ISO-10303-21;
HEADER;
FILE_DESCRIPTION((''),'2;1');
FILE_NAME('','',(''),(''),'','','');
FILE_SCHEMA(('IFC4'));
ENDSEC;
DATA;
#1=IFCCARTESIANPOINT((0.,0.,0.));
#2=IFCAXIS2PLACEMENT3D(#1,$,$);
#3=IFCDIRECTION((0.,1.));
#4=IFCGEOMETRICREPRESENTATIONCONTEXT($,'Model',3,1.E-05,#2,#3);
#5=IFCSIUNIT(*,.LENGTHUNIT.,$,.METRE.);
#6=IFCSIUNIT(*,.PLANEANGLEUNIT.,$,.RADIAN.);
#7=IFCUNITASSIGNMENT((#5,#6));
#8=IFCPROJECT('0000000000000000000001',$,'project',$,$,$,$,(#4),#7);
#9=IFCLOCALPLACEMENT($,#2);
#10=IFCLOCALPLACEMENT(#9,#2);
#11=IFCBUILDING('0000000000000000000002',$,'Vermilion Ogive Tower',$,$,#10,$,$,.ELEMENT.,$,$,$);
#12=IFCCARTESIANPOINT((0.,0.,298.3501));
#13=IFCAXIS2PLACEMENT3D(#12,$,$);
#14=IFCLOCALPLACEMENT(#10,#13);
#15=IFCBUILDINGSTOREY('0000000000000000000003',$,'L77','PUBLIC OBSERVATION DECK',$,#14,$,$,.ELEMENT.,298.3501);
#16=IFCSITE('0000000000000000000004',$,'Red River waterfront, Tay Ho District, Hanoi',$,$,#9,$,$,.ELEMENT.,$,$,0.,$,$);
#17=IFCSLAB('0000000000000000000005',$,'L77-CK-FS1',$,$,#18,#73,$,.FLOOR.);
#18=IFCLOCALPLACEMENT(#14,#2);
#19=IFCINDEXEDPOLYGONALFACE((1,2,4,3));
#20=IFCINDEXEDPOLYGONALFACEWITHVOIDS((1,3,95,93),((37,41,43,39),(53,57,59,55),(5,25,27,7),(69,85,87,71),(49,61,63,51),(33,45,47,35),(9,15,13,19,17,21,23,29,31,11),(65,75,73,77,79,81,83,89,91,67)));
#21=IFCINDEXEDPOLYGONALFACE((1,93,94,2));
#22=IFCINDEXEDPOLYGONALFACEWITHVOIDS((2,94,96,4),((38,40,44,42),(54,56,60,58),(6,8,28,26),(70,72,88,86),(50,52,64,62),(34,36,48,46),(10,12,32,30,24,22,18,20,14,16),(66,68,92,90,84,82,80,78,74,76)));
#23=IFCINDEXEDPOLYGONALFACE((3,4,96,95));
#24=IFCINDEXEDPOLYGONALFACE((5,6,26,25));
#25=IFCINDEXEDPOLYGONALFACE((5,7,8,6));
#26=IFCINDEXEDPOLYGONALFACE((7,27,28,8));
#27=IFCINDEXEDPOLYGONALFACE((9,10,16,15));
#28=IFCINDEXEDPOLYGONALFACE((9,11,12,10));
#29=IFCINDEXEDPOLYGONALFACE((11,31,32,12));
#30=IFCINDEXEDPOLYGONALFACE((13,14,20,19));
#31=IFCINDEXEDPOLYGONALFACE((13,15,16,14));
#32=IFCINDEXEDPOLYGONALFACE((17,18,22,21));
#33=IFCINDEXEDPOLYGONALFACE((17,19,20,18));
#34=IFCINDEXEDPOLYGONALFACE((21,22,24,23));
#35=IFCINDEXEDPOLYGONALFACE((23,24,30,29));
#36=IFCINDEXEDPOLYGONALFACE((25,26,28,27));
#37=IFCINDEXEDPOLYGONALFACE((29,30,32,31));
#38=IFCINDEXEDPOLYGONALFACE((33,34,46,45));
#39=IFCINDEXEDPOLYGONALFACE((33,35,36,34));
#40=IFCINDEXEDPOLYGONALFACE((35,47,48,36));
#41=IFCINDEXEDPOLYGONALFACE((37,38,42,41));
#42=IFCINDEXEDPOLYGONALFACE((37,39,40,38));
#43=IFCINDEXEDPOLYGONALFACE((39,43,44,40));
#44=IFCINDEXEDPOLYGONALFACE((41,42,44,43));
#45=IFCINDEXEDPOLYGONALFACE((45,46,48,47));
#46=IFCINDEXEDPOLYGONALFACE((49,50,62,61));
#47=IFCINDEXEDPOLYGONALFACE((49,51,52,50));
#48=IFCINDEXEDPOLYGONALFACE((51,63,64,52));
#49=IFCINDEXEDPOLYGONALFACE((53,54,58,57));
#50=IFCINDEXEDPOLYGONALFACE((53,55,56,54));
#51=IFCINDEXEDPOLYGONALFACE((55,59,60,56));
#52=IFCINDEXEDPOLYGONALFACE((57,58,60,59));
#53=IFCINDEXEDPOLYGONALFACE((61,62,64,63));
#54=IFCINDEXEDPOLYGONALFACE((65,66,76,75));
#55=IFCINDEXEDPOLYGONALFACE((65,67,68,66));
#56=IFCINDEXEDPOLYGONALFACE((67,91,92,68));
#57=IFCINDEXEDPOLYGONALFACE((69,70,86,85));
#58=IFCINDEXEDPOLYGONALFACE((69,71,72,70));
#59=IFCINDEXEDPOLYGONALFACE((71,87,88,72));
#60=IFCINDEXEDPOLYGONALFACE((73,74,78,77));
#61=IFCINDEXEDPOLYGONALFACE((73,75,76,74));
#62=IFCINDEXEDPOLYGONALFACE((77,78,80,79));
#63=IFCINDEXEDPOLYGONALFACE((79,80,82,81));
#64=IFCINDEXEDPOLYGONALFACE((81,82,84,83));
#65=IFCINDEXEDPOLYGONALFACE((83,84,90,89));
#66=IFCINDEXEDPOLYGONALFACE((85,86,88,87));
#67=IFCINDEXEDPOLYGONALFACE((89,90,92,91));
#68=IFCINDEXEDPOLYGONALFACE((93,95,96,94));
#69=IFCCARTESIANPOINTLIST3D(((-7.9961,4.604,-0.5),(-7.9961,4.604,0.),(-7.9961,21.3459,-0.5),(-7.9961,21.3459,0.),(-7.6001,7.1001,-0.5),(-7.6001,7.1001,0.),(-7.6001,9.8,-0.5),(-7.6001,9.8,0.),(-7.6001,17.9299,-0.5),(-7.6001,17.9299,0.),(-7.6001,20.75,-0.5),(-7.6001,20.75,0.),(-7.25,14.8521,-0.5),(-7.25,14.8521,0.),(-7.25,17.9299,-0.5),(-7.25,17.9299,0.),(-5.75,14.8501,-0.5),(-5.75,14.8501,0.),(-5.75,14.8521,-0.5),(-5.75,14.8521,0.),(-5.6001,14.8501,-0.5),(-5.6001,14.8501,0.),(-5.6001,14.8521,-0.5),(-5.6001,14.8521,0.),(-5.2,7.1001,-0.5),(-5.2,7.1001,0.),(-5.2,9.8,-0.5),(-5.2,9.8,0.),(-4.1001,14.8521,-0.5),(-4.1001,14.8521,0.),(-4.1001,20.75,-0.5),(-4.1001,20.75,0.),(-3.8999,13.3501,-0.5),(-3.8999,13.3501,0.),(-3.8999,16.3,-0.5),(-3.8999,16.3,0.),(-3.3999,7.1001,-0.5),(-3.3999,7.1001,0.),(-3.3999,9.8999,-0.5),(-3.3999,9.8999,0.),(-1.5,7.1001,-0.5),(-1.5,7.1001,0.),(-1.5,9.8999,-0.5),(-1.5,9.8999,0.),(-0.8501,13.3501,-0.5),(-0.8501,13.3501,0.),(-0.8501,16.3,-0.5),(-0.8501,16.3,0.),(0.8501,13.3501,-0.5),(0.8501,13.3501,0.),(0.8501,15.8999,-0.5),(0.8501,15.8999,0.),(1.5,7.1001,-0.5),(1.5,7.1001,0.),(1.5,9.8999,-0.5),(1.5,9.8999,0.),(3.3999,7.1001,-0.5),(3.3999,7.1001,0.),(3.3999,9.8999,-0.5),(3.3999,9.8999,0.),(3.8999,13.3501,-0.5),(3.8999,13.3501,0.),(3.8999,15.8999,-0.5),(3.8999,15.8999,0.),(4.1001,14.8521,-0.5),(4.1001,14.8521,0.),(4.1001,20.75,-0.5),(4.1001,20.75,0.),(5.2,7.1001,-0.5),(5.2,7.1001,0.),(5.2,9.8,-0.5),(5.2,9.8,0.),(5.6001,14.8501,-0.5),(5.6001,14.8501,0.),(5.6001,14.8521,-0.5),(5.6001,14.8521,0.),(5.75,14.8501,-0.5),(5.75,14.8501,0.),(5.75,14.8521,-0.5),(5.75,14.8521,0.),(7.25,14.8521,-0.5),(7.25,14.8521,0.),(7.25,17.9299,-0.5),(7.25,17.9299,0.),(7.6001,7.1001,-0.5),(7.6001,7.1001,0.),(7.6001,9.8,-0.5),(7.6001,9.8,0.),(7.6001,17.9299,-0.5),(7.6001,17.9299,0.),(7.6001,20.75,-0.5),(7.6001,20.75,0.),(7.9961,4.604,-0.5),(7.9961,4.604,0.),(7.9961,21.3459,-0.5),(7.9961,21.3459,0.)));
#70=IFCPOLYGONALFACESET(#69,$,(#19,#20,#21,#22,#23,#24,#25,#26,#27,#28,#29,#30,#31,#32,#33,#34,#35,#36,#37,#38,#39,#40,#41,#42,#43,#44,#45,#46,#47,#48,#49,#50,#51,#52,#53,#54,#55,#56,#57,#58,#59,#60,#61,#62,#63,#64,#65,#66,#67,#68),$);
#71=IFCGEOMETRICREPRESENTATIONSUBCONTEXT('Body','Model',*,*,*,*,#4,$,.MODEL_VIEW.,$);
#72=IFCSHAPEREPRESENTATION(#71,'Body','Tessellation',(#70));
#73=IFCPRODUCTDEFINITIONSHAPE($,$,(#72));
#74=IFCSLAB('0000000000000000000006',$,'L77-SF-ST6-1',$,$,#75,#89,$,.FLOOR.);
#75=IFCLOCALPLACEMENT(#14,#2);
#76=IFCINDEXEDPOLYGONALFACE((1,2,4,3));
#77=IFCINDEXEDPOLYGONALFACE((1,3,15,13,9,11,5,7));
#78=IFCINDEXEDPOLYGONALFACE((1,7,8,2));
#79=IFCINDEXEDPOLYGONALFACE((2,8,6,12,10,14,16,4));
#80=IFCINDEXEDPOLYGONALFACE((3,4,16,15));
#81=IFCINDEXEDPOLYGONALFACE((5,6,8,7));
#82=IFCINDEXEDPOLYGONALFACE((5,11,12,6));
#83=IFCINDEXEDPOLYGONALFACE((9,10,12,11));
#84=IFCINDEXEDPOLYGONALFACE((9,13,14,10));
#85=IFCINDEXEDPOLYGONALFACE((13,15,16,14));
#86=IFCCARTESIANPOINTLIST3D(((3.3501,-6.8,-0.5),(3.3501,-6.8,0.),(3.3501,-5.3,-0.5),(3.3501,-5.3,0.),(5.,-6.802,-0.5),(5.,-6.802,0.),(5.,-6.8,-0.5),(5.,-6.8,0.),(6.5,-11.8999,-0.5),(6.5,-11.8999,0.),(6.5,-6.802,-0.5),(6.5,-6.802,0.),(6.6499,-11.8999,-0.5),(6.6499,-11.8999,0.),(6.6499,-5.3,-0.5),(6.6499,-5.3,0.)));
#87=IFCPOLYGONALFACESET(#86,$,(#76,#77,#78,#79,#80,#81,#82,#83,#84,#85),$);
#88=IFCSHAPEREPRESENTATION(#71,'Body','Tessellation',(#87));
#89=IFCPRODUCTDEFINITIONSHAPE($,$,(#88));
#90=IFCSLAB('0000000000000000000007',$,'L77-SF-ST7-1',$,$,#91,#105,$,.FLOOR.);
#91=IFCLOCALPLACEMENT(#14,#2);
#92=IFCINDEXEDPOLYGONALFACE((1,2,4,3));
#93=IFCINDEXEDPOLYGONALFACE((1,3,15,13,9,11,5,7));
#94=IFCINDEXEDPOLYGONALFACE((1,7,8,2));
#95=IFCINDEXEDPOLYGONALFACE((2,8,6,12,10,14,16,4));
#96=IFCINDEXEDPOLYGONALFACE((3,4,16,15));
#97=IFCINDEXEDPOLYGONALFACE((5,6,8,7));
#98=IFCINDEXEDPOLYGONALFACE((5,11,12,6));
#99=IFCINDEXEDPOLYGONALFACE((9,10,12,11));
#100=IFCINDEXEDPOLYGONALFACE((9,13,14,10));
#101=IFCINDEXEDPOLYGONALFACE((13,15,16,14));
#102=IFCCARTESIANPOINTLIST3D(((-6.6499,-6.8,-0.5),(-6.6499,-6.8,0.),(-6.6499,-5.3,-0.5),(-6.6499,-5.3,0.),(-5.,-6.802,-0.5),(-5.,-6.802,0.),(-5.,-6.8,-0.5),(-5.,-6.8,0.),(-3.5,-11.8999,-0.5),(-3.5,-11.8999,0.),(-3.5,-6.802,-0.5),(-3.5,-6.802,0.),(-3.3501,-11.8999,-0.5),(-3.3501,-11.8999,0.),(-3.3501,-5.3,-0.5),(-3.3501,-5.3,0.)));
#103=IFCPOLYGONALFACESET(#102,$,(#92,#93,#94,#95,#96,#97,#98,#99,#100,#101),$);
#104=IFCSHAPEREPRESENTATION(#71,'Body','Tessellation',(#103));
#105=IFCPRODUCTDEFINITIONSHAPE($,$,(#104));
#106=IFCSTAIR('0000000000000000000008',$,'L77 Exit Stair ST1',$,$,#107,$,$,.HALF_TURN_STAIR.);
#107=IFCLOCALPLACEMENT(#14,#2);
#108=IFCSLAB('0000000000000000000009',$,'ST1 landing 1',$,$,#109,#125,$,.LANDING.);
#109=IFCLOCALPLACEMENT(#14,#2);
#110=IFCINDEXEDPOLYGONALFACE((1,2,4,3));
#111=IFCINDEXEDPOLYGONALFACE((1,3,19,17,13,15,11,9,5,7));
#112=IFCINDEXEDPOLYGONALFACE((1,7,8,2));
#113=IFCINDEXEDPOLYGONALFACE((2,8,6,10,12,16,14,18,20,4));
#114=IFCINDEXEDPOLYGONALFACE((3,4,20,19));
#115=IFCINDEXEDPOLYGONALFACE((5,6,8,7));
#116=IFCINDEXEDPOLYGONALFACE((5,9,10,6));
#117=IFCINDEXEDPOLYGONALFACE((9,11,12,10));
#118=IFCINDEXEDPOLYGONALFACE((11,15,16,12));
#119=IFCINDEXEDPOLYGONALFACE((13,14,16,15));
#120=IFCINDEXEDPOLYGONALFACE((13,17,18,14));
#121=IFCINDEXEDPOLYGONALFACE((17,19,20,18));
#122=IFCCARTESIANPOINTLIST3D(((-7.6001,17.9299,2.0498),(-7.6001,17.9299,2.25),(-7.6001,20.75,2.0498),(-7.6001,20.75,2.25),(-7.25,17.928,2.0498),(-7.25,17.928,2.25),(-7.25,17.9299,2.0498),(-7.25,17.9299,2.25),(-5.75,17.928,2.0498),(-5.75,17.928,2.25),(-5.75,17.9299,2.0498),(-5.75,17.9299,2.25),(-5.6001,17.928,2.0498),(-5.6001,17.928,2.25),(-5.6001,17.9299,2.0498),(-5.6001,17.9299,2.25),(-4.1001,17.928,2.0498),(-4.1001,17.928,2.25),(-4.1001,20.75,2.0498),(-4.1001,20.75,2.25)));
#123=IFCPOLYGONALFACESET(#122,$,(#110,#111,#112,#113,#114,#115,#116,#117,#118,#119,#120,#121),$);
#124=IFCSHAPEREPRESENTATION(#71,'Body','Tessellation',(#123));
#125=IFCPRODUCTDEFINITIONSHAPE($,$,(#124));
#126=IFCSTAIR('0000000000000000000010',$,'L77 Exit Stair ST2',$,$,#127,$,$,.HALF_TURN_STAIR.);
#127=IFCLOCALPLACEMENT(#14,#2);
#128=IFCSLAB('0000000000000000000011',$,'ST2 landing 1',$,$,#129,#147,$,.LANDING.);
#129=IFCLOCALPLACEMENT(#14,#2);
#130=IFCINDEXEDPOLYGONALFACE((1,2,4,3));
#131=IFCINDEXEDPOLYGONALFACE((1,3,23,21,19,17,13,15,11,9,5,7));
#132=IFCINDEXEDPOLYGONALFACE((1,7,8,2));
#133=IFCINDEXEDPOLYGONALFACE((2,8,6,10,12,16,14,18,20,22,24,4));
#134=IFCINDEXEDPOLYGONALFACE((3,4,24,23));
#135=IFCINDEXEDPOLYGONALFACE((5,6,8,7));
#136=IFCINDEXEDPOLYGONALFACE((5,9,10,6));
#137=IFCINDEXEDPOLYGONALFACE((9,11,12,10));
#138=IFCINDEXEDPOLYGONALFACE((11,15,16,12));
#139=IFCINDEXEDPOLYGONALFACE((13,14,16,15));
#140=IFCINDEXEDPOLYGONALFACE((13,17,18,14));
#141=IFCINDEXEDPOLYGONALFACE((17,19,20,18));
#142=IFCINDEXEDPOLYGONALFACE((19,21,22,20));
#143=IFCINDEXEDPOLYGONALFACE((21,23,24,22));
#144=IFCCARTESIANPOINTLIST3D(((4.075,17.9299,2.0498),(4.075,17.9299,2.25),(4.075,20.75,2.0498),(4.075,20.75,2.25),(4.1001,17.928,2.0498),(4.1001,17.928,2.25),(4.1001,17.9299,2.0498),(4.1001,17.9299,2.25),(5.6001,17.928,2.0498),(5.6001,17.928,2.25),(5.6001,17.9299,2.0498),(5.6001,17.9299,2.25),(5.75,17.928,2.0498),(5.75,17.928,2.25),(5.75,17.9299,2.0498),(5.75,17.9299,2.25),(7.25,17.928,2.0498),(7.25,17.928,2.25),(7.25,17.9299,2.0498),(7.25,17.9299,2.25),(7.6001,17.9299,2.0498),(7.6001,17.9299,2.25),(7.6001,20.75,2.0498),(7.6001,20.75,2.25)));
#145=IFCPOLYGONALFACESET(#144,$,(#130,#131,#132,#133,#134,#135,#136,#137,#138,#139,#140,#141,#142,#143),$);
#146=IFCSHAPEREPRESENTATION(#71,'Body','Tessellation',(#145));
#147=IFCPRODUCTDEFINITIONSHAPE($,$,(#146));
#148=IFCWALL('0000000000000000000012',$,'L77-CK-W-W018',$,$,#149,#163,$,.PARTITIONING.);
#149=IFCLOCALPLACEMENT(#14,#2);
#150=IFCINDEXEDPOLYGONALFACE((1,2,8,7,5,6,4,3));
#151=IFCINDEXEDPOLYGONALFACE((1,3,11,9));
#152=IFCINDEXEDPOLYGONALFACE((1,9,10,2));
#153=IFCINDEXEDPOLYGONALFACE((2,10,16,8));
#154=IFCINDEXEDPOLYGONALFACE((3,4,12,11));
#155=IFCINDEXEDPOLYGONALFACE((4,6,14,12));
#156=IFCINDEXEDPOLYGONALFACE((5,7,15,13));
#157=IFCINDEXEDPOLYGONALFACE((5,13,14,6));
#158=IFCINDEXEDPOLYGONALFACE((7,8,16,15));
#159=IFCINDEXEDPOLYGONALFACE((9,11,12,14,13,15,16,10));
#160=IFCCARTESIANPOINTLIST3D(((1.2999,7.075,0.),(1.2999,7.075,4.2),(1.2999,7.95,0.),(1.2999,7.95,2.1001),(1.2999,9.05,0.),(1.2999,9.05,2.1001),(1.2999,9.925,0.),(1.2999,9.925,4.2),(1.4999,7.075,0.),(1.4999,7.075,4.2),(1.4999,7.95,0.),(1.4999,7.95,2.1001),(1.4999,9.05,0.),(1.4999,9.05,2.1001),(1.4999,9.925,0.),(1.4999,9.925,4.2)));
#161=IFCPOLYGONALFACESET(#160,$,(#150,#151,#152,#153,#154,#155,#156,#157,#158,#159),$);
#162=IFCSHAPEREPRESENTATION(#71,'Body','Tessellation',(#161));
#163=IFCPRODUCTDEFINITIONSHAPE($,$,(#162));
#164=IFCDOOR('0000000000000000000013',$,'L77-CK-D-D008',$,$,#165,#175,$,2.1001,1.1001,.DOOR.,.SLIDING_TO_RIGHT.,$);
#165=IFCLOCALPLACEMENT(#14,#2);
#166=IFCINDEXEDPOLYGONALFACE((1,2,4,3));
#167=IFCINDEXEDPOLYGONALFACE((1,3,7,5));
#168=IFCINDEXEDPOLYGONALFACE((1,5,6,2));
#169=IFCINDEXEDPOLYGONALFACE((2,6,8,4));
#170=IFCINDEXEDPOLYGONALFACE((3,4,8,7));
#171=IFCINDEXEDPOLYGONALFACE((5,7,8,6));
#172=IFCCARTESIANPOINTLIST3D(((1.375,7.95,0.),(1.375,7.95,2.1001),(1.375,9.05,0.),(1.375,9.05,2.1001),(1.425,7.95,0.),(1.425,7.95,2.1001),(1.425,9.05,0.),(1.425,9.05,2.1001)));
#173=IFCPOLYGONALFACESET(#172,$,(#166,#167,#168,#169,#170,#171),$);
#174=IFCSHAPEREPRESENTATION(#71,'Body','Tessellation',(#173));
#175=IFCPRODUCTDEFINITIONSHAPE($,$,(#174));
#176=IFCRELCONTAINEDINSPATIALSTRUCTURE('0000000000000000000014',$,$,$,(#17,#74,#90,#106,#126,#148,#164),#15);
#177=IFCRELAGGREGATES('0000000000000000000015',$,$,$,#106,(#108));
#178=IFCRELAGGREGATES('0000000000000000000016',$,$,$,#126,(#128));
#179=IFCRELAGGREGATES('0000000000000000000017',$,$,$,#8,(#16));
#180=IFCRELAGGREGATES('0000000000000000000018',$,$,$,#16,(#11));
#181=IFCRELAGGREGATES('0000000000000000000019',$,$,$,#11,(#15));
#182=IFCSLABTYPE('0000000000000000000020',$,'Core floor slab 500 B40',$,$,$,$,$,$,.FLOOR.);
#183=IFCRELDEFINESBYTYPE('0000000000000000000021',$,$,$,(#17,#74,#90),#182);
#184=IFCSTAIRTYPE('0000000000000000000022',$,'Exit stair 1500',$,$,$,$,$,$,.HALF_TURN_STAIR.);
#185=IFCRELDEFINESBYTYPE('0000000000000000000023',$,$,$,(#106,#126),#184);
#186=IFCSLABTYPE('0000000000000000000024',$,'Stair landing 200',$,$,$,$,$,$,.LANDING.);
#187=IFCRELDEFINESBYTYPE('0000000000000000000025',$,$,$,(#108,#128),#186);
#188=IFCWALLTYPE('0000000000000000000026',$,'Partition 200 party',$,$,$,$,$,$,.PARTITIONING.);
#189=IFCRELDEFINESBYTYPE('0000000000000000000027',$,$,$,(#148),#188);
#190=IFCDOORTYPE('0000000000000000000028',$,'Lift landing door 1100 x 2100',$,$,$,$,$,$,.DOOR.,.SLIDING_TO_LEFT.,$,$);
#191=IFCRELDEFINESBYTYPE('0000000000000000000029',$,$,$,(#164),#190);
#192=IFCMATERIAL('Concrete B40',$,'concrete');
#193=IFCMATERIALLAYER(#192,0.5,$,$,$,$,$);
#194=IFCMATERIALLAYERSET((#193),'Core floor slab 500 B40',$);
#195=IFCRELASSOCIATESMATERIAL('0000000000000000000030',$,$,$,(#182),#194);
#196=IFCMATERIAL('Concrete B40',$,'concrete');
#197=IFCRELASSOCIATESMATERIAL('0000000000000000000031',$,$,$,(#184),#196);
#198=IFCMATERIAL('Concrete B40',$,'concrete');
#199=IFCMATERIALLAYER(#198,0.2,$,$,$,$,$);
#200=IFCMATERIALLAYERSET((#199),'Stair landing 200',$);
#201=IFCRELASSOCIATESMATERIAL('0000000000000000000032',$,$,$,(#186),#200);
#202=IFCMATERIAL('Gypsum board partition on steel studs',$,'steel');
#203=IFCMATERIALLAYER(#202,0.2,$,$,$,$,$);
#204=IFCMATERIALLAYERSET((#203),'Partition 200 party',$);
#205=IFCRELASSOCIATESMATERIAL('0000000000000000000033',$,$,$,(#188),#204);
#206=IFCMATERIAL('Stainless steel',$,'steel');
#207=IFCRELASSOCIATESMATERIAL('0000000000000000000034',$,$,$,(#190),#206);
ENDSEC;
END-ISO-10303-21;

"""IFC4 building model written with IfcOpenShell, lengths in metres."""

from ifc_helpers import new_model, si_unit, direction, frame, frame_2d, origin, place, context, subcontext, project, spatial, polyline, rectangle, outline, extrude, material, layer, layer_set, type_object, element, fill, aggregate, save


model = new_model("IFC4")

# Units and contexts
model_context = context("Model", 3, precision=1e-05, world=origin(), true_north=direction((0.0, 1.0)))
body_context = subcontext(model_context, "Body", "Model", "MODEL_VIEW")
ifc_project = project(units=[si_unit("LENGTHUNIT", "METRE"), si_unit("PLANEANGLEUNIT", "RADIAN")], contexts=[model_context])

# Site, building, storey
site_placement = place(None, origin())
site = spatial("IfcSite", under=ifc_project, at=site_placement, Name="Red River waterfront, Tay Ho District, Hanoi", CompositionType="ELEMENT", RefElevation=0.0)
building_placement = place(site_placement, origin())
building = spatial("IfcBuilding", under=site, at=building_placement, Name="Vermilion Ogive Tower", CompositionType="ELEMENT")
storey_placement = place(building_placement, frame((0.0, 0.0, 298.3501)))
storey = spatial("IfcBuildingStorey", under=building, at=storey_placement, Name="L77", Description="PUBLIC OBSERVATION DECK", CompositionType="ELEMENT", Elevation=298.3501)

# Slabs
ifc_material_1 = material(Name="Concrete B40", Category="concrete")
ifc_layer_1 = layer(ifc_material_1, 0.5)
ifc_layer_set_1 = layer_set([ifc_layer_1], Name="Core floor slab 500 B40")
slab_type_1 = type_object("IfcSlabType", Name="Core floor slab 500 B40", PredefinedType="FLOOR", material=ifc_layer_set_1)
slab_1_placement = place(storey_placement, frame((0.0, 0.0, -0.5)))
element("IfcSlab", 1, at=slab_1_placement, inside=storey, type_object=slab_type_1, Name="L77-CK-FS1", PredefinedType="FLOOR", context=body_context, shape_type="SweptSolid", body=[
    extrude(outline(polyline([(-7.9961, 4.604), (7.9961, 4.604), (7.9961, 21.3459), (-7.9961, 21.3459), (-7.9961, 4.604)]), holes=[polyline([(-5.2, 7.1001), (-7.6001, 7.1001), (-7.6001, 9.8), (-5.2, 9.8), (-5.2, 7.1001)]), polyline([(5.2, 7.1001), (5.2, 9.8), (7.6001, 9.8), (7.6001, 7.1001), (5.2, 7.1001)]), polyline([(-3.3999, 7.1001), (-3.3999, 9.8999), (-1.5, 9.8999), (-1.5, 7.1001), (-3.3999, 7.1001)]), polyline([(3.3999, 7.1001), (1.5, 7.1001), (1.5, 9.8999), (3.3999, 9.8999), (3.3999, 7.1001)]), polyline([(3.8999, 13.3501), (0.8501, 13.3501), (0.8501, 15.8999), (3.8999, 15.8999), (3.8999, 13.3501)]), polyline([(-0.8501, 13.3501), (-3.8999, 13.3501), (-3.8999, 16.3), (-0.8501, 16.3), (-0.8501, 13.3501)]), polyline([(-7.6001, 17.9299), (-7.6001, 20.75), (-4.1001, 20.75), (-4.1001, 14.8521), (-5.6001, 14.8521), (-5.6001, 14.8501), (-5.75, 14.8501), (-5.75, 14.8521), (-7.25, 14.8521), (-7.25, 17.9299), (-7.6001, 17.9299)]), polyline([(5.75, 14.8501), (5.6001, 14.8501), (5.6001, 14.8521), (4.1001, 14.8521), (4.1001, 20.75), (7.6001, 20.75), (7.6001, 17.9299), (7.25, 17.9299), (7.25, 14.8521), (5.75, 14.8521), (5.75, 14.8501)])]), origin(), (0.0, 0.0, 1.0), 0.5),
])
slab_2_placement = place(storey_placement, frame((0.0, 0.0, -0.5)))
element("IfcSlab", 2, at=slab_2_placement, inside=storey, type_object=slab_type_1, Name="L77-SF-ST6-1", PredefinedType="FLOOR", context=body_context, shape_type="SweptSolid", body=[
    extrude(outline(polyline([(6.6499, -5.3), (3.3501, -5.3), (3.3501, -6.8), (5.0, -6.8), (5.0, -6.802), (6.5, -6.802), (6.5, -11.8999), (6.6499, -11.8999), (6.6499, -5.3)])), origin(), (0.0, 0.0, 1.0), 0.5),
])
slab_3_placement = place(storey_placement, frame((0.0, 0.0, -0.5)))
element("IfcSlab", 3, at=slab_3_placement, inside=storey, type_object=slab_type_1, Name="L77-SF-ST7-1", PredefinedType="FLOOR", context=body_context, shape_type="SweptSolid", body=[
    extrude(outline(polyline([(-3.3501, -5.3), (-6.6499, -5.3), (-6.6499, -6.8), (-5.0, -6.8), (-5.0, -6.802), (-3.5, -6.802), (-3.5, -11.8999), (-3.3501, -11.8999), (-3.3501, -5.3)])), origin(), (0.0, 0.0, 1.0), 0.5),
])

# Stairs, slabs
ifc_material_2 = material(Name="Concrete B40", Category="concrete")
stair_type = type_object("IfcStairType", Name="Exit stair 1500", PredefinedType="HALF_TURN_STAIR", material=ifc_material_2)
stair_1_placement = place(storey_placement, origin())
stair_1 = element("IfcStair", 4, at=stair_1_placement, inside=storey, type_object=stair_type, Name="L77 Exit Stair ST1", PredefinedType="HALF_TURN_STAIR")
ifc_material_3 = material(Name="Concrete B40", Category="concrete")
ifc_layer_2 = layer(ifc_material_3, 0.2)
ifc_layer_set_2 = layer_set([ifc_layer_2], Name="Stair landing 200")
slab_type_2 = type_object("IfcSlabType", Name="Stair landing 200", PredefinedType="LANDING", material=ifc_layer_set_2)
slab_4_placement = place(storey_placement, frame((0.0, 0.0, 2.0498)))
slab_4 = element("IfcSlab", 5, at=slab_4_placement, type_object=slab_type_2, Name="ST1 landing 1", PredefinedType="LANDING", context=body_context, shape_type="SweptSolid", body=[
    extrude(outline(polyline([(-7.6001, 17.9299), (-7.25, 17.9299), (-7.25, 17.928), (-5.75, 17.928), (-5.75, 17.9299), (-5.6001, 17.9299), (-5.6001, 17.928), (-4.1001, 17.928), (-4.1001, 20.75), (-7.6001, 20.75), (-7.6001, 17.9299)])), origin(), (0.0, 0.0, 1.0), 0.2002),
])
aggregate(stair_1, [slab_4])
stair_2_placement = place(storey_placement, origin())
stair_2 = element("IfcStair", 6, at=stair_2_placement, inside=storey, type_object=stair_type, Name="L77 Exit Stair ST2", PredefinedType="HALF_TURN_STAIR")
slab_5_placement = place(storey_placement, frame((0.0, 0.0, 2.0498)))
slab_5 = element("IfcSlab", 7, at=slab_5_placement, type_object=slab_type_2, Name="ST2 landing 1", PredefinedType="LANDING", context=body_context, shape_type="SweptSolid", body=[
    extrude(outline(polyline([(5.6001, 17.9299), (5.75, 17.9299), (5.75, 17.928), (7.25, 17.928), (7.25, 17.9299), (7.6001, 17.9299), (7.6001, 20.75), (4.075, 20.75), (4.075, 17.9299), (4.1001, 17.9299), (4.1001, 17.928), (5.6001, 17.928), (5.6001, 17.9299)])), origin(), (0.0, 0.0, 1.0), 0.2002),
])
aggregate(stair_2, [slab_5])

# Wall, opening, door
ifc_material_4 = material(Name="Gypsum board partition on steel studs", Category="steel")
ifc_layer_3 = layer(ifc_material_4, 0.2)
ifc_layer_set_3 = layer_set([ifc_layer_3], Name="Partition 200 party")
wall_type = type_object("IfcWallType", Name="Partition 200 party", PredefinedType="PARTITIONING", material=ifc_layer_set_3)
wall_placement = place(storey_placement, frame((1.3999, 7.075, 0.0), z_axis=(0.0, 0.0, 1.0), x_axis=(0.0, 1.0, 0.0)))
wall = element("IfcWall", 8, at=wall_placement, inside=storey, type_object=wall_type, Name="L77-CK-W-W018", PredefinedType="PARTITIONING", context=body_context, shape_type="SweptSolid", body=[
    extrude(rectangle(XDim=2.8501, YDim=0.2, at=frame_2d((1.425, 0.0))), origin(), (0.0, 0.0, 1.0), 4.2),
])
opening_placement = place(wall_placement, frame((0.875, 0.0, 0.0)))
opening = element("IfcOpeningElement", 9, at=opening_placement, cuts=wall, PredefinedType="OPENING", context=body_context, shape_type="SweptSolid", body=[
    extrude(rectangle(XDim=1.1001, YDim=2.1001, at=frame_2d((0.55, 1.05))), frame((0.0, 0.1099, 0.0), z_axis=(0.0, -1.0, 0.0), x_axis=(1.0, 0.0, 0.0)), (0.0, 0.0, 1.0), 0.22),
])
ifc_material_5 = material(Name="Stainless steel", Category="steel")
door_type = type_object("IfcDoorType", Name="Lift landing door 1100 x 2100", OperationType="SLIDING_TO_LEFT", PredefinedType="DOOR", material=ifc_material_5)
door_placement = place(opening_placement, origin())
door = element("IfcDoor", 10, at=door_placement, inside=storey, type_object=door_type, Name="L77-CK-D-D008", OperationType="SLIDING_TO_RIGHT", OverallHeight=2.1001, OverallWidth=1.1001, PredefinedType="DOOR", context=body_context, shape_type="SweptSolid", body=[
    extrude(rectangle(XDim=1.1001, YDim=2.1001, at=frame_2d((0.55, 1.05))), frame((0.0, 0.0249, 0.0), z_axis=(0.0, -1.0, 0.0), x_axis=(1.0, 0.0, 0.0)), (0.0, 0.0, 1.0), 0.05),
])
fill(opening, door)

save(model, "model.ifc")
